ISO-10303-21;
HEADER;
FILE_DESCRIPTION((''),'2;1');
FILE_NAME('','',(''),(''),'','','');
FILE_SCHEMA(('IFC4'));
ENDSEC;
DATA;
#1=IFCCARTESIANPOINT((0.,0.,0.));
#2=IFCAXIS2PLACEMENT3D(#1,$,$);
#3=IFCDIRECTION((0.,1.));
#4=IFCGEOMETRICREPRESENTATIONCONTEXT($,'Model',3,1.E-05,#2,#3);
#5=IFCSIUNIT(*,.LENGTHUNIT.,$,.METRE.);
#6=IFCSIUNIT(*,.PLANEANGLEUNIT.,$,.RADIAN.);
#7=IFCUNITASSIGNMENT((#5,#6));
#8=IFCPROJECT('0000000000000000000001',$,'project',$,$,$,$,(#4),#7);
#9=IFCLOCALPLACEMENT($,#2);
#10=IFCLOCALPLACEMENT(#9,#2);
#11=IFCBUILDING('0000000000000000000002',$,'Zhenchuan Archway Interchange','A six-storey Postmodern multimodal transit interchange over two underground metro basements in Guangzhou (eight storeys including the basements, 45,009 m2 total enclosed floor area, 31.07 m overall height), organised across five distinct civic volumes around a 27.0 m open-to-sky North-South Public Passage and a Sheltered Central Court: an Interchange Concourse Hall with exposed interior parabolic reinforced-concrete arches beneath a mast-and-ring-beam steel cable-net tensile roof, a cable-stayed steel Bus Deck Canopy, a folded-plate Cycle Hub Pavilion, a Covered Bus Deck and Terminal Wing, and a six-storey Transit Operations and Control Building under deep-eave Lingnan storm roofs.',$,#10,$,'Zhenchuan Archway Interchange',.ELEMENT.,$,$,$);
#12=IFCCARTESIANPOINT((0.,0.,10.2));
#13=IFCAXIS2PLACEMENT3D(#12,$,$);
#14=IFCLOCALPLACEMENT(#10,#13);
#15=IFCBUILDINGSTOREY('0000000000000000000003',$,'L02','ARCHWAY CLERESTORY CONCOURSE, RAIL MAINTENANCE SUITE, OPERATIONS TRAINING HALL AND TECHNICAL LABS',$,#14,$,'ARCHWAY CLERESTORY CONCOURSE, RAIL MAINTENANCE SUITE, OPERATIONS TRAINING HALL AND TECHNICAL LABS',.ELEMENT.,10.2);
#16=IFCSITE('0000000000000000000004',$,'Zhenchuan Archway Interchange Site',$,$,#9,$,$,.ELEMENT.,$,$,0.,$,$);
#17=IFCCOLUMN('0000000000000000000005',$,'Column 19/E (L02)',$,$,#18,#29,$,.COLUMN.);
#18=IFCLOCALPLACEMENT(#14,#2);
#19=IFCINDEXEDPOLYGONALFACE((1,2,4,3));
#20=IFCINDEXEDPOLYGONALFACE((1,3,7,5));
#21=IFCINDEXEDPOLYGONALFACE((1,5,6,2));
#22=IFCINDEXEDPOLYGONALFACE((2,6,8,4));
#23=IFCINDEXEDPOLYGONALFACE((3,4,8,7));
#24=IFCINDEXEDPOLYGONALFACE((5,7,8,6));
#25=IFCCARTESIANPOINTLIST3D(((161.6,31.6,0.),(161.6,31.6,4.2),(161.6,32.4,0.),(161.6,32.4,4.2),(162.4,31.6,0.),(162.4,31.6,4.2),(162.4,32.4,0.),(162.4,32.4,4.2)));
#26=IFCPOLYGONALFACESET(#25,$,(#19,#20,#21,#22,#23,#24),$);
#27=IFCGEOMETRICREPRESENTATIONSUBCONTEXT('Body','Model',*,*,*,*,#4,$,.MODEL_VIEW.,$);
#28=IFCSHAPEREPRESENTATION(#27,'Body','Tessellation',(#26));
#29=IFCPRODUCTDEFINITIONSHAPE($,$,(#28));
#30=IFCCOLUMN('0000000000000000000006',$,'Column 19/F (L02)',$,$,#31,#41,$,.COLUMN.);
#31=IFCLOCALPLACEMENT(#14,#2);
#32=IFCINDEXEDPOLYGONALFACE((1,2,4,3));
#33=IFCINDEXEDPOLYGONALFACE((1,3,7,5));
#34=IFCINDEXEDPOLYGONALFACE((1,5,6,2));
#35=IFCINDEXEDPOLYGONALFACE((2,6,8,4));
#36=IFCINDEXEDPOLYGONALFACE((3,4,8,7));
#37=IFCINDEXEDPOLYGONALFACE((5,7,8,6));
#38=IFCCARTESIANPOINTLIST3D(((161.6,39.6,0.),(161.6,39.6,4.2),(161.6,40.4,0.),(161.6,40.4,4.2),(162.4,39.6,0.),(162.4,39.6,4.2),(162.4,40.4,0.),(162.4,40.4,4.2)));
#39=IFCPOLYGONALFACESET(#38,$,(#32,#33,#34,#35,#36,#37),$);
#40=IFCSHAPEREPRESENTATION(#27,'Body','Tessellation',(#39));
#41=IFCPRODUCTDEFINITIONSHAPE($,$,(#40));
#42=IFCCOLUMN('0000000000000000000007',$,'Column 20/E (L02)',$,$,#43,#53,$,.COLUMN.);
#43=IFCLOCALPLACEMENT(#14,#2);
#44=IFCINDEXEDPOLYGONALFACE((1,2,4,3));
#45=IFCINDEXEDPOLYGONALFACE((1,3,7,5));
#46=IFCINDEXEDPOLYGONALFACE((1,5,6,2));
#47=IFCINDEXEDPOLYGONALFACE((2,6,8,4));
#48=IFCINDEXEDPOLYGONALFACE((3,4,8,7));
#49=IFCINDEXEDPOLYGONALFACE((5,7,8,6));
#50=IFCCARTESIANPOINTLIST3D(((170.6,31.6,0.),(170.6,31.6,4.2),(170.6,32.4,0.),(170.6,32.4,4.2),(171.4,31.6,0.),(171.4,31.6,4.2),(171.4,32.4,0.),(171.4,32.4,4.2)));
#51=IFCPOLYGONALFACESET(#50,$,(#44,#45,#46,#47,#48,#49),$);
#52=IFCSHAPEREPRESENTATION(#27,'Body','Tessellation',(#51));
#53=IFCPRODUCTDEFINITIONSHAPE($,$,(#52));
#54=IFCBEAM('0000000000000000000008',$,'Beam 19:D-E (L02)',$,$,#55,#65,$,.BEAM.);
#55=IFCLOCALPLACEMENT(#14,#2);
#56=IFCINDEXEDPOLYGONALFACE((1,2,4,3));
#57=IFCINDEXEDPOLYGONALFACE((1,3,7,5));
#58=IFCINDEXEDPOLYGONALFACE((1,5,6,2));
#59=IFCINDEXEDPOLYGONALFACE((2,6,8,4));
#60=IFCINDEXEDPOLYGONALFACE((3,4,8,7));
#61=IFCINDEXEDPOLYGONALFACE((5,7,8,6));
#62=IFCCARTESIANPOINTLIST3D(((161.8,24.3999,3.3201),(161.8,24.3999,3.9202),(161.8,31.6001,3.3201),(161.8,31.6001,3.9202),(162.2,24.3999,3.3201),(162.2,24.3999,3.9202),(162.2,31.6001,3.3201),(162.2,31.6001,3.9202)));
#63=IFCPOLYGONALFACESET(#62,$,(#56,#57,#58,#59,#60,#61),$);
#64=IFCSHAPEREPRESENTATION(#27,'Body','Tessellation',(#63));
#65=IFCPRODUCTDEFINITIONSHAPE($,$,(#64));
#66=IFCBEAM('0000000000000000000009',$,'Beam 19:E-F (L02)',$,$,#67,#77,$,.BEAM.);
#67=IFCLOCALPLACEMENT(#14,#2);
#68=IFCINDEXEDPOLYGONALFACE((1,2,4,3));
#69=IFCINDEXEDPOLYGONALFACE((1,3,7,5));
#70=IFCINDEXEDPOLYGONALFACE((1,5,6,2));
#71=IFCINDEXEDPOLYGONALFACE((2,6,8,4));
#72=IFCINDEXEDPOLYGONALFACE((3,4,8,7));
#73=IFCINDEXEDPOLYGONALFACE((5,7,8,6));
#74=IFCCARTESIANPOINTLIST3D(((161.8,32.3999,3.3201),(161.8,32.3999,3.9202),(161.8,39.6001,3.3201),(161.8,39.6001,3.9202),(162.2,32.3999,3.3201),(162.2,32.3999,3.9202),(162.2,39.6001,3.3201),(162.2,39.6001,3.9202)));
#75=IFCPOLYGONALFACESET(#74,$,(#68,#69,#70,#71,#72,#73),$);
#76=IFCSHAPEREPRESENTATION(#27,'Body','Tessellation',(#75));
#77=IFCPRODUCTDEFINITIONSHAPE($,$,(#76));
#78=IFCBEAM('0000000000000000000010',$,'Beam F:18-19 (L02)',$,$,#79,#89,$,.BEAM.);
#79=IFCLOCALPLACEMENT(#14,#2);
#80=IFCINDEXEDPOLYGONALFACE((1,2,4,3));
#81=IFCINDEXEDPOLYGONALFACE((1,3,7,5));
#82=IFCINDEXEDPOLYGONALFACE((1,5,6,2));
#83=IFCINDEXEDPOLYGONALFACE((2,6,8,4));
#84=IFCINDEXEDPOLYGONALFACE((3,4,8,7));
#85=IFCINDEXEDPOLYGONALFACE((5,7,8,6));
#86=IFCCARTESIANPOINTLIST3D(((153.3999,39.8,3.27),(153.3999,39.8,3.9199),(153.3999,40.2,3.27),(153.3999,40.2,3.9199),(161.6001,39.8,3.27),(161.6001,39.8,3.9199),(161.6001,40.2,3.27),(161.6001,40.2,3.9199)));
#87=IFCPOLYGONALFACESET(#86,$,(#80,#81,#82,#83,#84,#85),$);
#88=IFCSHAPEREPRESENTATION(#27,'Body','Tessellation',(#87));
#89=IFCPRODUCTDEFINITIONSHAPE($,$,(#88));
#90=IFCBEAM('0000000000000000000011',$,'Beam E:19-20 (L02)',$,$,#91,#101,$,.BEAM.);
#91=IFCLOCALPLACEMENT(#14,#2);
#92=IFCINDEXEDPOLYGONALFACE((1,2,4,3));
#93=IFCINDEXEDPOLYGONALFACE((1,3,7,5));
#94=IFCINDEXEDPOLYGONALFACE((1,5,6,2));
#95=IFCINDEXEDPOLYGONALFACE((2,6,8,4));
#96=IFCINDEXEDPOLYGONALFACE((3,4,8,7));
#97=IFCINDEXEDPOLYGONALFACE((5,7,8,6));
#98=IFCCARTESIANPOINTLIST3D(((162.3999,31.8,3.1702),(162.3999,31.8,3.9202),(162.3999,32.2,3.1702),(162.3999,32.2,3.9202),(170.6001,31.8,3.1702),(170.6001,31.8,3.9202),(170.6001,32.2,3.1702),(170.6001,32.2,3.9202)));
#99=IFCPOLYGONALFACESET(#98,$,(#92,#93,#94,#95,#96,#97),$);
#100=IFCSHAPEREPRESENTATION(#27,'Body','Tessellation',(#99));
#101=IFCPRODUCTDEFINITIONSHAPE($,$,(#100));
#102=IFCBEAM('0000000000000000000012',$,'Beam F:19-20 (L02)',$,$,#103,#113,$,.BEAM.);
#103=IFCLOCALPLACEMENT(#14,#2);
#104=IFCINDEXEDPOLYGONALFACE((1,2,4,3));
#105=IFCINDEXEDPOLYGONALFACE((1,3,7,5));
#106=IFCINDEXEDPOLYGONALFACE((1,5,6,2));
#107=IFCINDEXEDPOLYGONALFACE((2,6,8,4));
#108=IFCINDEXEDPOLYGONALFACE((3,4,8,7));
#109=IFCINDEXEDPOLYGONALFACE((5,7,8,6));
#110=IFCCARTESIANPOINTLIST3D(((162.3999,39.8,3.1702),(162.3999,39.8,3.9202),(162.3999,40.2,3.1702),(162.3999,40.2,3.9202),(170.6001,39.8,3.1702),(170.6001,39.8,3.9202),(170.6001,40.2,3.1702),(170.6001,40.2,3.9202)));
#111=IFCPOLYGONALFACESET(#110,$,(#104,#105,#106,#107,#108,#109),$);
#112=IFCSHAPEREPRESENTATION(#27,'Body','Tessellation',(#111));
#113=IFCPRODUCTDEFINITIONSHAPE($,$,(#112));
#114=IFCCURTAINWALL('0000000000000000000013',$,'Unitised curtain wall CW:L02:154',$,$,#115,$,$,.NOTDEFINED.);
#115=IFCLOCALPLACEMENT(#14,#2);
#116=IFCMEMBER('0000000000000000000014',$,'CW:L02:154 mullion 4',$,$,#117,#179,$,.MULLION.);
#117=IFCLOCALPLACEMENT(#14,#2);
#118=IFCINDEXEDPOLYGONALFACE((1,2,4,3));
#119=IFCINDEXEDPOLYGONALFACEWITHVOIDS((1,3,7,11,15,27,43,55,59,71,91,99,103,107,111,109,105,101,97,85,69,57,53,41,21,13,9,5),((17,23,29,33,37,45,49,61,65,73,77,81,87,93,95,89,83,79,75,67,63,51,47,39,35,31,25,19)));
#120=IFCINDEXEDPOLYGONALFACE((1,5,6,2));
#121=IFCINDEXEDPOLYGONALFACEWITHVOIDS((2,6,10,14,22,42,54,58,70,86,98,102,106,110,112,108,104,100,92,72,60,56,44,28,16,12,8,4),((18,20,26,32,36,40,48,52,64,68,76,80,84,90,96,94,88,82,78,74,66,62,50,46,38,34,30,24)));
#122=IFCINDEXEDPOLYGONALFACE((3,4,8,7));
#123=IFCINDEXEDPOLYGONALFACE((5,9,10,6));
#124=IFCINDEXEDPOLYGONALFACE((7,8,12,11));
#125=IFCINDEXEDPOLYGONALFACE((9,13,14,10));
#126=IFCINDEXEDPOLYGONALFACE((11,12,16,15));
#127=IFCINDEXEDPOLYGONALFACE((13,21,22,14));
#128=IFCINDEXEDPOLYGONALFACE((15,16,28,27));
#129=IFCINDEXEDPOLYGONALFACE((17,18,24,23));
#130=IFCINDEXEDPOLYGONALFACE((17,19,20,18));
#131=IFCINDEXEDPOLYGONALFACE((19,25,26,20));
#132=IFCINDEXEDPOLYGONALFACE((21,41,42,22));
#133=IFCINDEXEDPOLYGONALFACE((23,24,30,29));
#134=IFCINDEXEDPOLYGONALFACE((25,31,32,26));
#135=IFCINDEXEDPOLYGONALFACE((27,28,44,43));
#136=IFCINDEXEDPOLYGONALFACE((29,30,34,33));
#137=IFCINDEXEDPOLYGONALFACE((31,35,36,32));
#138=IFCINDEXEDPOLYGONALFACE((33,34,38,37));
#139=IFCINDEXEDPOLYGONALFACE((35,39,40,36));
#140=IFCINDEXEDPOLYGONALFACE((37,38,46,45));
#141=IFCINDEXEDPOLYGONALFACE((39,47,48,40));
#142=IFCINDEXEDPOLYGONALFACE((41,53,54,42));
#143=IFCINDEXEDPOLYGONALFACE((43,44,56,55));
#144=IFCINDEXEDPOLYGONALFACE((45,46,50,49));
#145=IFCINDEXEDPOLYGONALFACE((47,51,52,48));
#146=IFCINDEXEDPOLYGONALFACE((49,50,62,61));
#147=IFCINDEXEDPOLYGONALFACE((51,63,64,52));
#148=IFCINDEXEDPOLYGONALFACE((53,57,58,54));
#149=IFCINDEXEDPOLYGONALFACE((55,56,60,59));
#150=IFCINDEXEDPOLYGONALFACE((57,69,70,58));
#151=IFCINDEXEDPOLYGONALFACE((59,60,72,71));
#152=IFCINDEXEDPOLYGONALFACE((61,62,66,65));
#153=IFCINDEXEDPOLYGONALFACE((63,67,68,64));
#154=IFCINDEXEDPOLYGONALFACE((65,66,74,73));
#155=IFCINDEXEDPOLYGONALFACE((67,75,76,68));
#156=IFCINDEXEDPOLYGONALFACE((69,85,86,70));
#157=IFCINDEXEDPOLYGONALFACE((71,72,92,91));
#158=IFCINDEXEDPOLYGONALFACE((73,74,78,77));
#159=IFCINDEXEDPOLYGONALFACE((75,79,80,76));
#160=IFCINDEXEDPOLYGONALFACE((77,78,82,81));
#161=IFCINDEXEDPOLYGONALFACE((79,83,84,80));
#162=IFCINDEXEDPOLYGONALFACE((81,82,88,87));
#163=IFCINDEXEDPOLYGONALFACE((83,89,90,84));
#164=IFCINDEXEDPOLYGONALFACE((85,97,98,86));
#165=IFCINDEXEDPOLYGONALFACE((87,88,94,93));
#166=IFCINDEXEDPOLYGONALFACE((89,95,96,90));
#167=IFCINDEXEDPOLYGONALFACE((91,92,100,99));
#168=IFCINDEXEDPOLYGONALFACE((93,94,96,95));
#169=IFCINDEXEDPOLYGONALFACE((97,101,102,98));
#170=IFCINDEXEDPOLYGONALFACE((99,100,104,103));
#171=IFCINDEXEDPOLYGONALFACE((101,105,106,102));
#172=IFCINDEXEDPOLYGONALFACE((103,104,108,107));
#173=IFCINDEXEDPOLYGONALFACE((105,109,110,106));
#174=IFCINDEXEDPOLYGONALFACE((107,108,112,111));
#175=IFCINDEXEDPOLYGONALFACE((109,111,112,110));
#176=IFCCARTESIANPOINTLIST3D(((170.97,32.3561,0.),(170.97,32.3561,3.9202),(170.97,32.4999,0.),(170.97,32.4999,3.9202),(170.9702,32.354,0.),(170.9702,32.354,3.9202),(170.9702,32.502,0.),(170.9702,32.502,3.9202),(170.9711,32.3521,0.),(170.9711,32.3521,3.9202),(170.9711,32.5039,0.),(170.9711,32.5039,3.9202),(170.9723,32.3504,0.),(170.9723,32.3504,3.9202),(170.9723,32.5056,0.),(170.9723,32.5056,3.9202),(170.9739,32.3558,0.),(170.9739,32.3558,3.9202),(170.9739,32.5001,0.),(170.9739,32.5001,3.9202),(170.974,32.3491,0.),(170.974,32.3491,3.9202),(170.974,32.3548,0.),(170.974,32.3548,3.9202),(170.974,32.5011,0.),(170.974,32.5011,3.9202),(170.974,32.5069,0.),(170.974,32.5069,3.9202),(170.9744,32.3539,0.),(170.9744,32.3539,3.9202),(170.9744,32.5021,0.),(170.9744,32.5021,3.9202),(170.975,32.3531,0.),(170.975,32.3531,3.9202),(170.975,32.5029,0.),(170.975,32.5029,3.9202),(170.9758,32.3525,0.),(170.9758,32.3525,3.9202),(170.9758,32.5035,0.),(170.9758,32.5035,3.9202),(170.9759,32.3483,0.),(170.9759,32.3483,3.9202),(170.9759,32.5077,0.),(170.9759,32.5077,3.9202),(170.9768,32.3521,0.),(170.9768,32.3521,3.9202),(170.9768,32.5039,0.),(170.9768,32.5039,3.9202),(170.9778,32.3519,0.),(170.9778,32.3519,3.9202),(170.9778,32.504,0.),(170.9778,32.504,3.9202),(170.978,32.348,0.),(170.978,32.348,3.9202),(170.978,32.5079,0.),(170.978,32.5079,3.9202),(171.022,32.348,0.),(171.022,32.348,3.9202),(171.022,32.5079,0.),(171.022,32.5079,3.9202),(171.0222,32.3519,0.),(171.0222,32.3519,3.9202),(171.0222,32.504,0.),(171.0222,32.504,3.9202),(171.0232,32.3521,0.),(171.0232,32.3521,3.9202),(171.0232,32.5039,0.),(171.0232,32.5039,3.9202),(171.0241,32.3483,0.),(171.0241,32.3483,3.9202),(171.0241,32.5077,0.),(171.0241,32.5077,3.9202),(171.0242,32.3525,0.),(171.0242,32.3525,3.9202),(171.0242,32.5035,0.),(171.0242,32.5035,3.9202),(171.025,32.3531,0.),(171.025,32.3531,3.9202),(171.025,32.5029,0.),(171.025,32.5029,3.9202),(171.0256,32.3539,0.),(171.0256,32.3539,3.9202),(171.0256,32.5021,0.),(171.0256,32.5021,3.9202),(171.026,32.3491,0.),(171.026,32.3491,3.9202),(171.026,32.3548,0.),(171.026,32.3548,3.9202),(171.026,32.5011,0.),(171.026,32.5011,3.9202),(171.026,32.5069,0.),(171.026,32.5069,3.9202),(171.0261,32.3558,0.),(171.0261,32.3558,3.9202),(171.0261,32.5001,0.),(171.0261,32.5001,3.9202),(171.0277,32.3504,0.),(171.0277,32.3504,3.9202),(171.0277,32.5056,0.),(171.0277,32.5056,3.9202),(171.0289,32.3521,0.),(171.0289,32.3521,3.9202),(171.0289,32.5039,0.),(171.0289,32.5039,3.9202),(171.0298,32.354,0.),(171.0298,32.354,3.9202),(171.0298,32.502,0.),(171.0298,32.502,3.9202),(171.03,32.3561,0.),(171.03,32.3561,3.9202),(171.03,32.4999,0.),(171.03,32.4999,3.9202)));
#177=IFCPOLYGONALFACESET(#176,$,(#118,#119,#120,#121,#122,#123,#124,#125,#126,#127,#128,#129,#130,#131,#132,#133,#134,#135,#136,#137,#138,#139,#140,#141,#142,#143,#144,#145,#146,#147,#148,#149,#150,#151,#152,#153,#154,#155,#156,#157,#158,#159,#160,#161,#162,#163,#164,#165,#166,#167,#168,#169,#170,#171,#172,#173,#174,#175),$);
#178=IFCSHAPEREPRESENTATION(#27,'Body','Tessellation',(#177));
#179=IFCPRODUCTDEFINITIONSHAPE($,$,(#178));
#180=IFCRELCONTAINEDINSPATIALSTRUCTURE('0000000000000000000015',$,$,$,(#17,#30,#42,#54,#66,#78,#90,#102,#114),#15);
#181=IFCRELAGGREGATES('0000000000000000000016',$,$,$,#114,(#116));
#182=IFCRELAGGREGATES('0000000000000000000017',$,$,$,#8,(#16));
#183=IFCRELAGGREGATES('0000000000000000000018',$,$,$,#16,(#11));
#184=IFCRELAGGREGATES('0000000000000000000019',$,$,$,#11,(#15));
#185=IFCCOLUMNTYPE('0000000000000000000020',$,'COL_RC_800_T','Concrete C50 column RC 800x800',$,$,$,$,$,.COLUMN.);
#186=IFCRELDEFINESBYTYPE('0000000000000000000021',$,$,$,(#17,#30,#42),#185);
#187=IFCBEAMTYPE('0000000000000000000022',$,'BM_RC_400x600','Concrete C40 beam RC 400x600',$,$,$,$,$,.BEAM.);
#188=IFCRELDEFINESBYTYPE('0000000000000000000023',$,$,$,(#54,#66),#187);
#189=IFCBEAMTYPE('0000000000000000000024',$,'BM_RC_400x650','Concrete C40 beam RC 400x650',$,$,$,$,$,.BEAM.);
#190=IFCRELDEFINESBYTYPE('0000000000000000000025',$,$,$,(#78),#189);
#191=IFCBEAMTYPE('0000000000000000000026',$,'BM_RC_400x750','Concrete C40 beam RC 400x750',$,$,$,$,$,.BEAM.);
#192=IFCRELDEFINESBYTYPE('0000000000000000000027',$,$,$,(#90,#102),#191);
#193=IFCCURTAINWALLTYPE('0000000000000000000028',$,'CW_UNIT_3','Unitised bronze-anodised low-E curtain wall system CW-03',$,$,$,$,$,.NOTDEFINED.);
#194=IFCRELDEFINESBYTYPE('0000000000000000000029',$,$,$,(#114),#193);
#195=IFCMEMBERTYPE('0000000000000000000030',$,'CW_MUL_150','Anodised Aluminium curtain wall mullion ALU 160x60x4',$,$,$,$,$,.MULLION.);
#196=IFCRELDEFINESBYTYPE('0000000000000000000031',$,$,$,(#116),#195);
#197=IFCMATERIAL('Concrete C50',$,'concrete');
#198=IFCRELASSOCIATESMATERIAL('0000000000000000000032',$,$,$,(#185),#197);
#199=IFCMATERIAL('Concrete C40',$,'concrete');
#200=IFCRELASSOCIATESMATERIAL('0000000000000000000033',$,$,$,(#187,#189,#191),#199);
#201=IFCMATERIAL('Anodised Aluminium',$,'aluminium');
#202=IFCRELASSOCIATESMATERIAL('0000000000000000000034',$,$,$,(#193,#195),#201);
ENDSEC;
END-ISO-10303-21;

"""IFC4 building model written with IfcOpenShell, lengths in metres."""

from ifc_helpers import new_model, si_unit, direction, frame, origin, origin_2d, place, context, subcontext, project, spatial, rectangle, hollow_rectangle, extrude, material, material_profile, profile_set, type_object, element, aggregate, save


model = new_model("IFC4")

# Units and contexts
model_context = context("Model", 3, precision=1e-05, world=origin(), true_north=direction((0.0, 1.0)))
body_context = subcontext(model_context, "Body", "Model", "MODEL_VIEW")
ifc_project = project(units=[si_unit("LENGTHUNIT", "METRE"), si_unit("PLANEANGLEUNIT", "RADIAN")], contexts=[model_context])

# Site, building, storey
site_placement = place(None, origin())
site = spatial("IfcSite", under=ifc_project, at=site_placement, Name="Zhenchuan Archway Interchange Site", CompositionType="ELEMENT", RefElevation=0.0)
building_placement = place(site_placement, origin())
building = spatial("IfcBuilding", under=site, at=building_placement, Name="Zhenchuan Archway Interchange", Description="A six-storey Postmodern multimodal transit interchange over two underground metro basements in Guangzhou (eight storeys including the basements, 45,009 m2 total enclosed floor area, 31.07 m overall height), organised across five distinct civic volumes around a 27.0 m open-to-sky North-South Public Passage and a Sheltered Central Court: an Interchange Concourse Hall with exposed interior parabolic reinforced-concrete arches beneath a mast-and-ring-beam steel cable-net tensile roof, a cable-stayed steel Bus Deck Canopy, a folded-plate Cycle Hub Pavilion, a Covered Bus Deck and Terminal Wing, and a six-storey Transit Operations and Control Building under deep-eave Lingnan storm roofs.", LongName="Zhenchuan Archway Interchange", CompositionType="ELEMENT")
storey_placement = place(building_placement, frame((0.0, 0.0, 10.2)))
storey = spatial("IfcBuildingStorey", under=building, at=storey_placement, Name="L02", Description="ARCHWAY CLERESTORY CONCOURSE, RAIL MAINTENANCE SUITE, OPERATIONS TRAINING HALL AND TECHNICAL LABS", LongName="ARCHWAY CLERESTORY CONCOURSE, RAIL MAINTENANCE SUITE, OPERATIONS TRAINING HALL AND TECHNICAL LABS", CompositionType="ELEMENT", Elevation=10.2)

# Columns
ifc_material_1 = material(Name="Concrete C50", Category="concrete")
ifc_material_profile_1 = material_profile(ifc_material_1, rectangle(XDim=0.8, YDim=0.8, at=origin_2d()), Name="RC 800x800")
ifc_profile_set_1 = profile_set([ifc_material_profile_1], Name="Concrete C50")
column_type = type_object("IfcColumnType", Name="COL_RC_800_T", Description="Concrete C50 column RC 800x800", PredefinedType="COLUMN", material=ifc_profile_set_1)
for number, where, z_axis, x_axis, name in (
    (1, (162.0, 32.0, 0.0), (0.0, 0.0, 1.0), (1.0, 0.0, 0.0), "Column 19/E (L02)"),
    (2, (162.0, 40.0, 0.0), (0.0, 0.0, 1.0), (1.0, 0.0, 0.0), "Column 19/F (L02)"),
    (3, (171.0, 32.0, 0.0), (0.0, 0.0, 1.0), (1.0, 0.0, 0.0), "Column 20/E (L02)"),
):
    element("IfcColumn", number, at=place(storey_placement, frame(where, z_axis=z_axis, x_axis=x_axis)), inside=storey, type_object=column_type, Name=name, PredefinedType="COLUMN", context=body_context, shape_type="SweptSolid", body=[
        extrude(rectangle(XDim=0.8, YDim=0.8, at=origin_2d()), origin(), (0.0, 0.0, 1.0), 4.2),
    ])

# Beams
ifc_material_2 = material(Name="Concrete C40", Category="concrete")
ifc_material_profile_2 = material_profile(ifc_material_2, rectangle(XDim=0.3999, YDim=0.6001, at=origin_2d()), Name="RC 400x600")
ifc_profile_set_2 = profile_set([ifc_material_profile_2], Name="Concrete C40")
beam_type_1 = type_object("IfcBeamType", Name="BM_RC_400x600", Description="Concrete C40 beam RC 400x600", PredefinedType="BEAM", material=ifc_profile_set_2)
for number, where, z_axis, x_axis, name in (
    (4, (162.0, 24.3999, 3.6201), (0.0, 1.0, 0.0), (-1.0, 0.0, 0.0), "Beam 19:D-E (L02)"),
    (5, (162.0, 32.3999, 3.6201), (0.0, 1.0, 0.0), (-1.0, 0.0, 0.0), "Beam 19:E-F (L02)"),
):
    element("IfcBeam", number, at=place(storey_placement, frame(where, z_axis=z_axis, x_axis=x_axis)), inside=storey, type_object=beam_type_1, Name=name, PredefinedType="BEAM", context=body_context, shape_type="SweptSolid", body=[
        extrude(rectangle(XDim=0.3999, YDim=0.6001, at=origin_2d()), origin(), (0.0, 0.0, 1.0), 7.2002),
    ])
ifc_material_profile_3 = material_profile(ifc_material_2, rectangle(XDim=0.3999, YDim=0.6499, at=origin_2d()), Name="RC 400x650")
ifc_profile_set_3 = profile_set([ifc_material_profile_3], Name="Concrete C40")
beam_type_2 = type_object("IfcBeamType", Name="BM_RC_400x650", Description="Concrete C40 beam RC 400x650", PredefinedType="BEAM", material=ifc_profile_set_3)
beam_placement = place(storey_placement, frame((153.3999, 40.0, 3.595), z_axis=(1.0, 0.0, 0.0), x_axis=(0.0, 1.0, 0.0)))
element("IfcBeam", 6, at=beam_placement, inside=storey, type_object=beam_type_2, Name="Beam F:18-19 (L02)", PredefinedType="BEAM", context=body_context, shape_type="SweptSolid", body=[
    extrude(rectangle(XDim=0.3999, YDim=0.6499, at=origin_2d()), origin(), (0.0, 0.0, 1.0), 8.2002),
])
ifc_material_profile_4 = material_profile(ifc_material_2, rectangle(XDim=0.3999, YDim=0.75, at=origin_2d()), Name="RC 400x750")
ifc_profile_set_4 = profile_set([ifc_material_profile_4], Name="Concrete C40")
beam_type_3 = type_object("IfcBeamType", Name="BM_RC_400x750", Description="Concrete C40 beam RC 400x750", PredefinedType="BEAM", material=ifc_profile_set_4)
for number, where, z_axis, x_axis, name in (
    (7, (162.3999, 32.0, 3.5452), (1.0, 0.0, 0.0), (0.0, 1.0, 0.0), "Beam E:19-20 (L02)"),
    (8, (162.3999, 40.0, 3.5452), (1.0, 0.0, 0.0), (0.0, 1.0, 0.0), "Beam F:19-20 (L02)"),
):
    element("IfcBeam", number, at=place(storey_placement, frame(where, z_axis=z_axis, x_axis=x_axis)), inside=storey, type_object=beam_type_3, Name=name, PredefinedType="BEAM", context=body_context, shape_type="SweptSolid", body=[
        extrude(rectangle(XDim=0.3999, YDim=0.75, at=origin_2d()), origin(), (0.0, 0.0, 1.0), 8.2002),
    ])

# Curtain wall, member
ifc_material_3 = material(Name="Anodised Aluminium", Category="aluminium")
curtain_wall_type = type_object("IfcCurtainWallType", Name="CW_UNIT_3", Description="Unitised bronze-anodised low-E curtain wall system CW-03", PredefinedType="NOTDEFINED", material=ifc_material_3)
curtain_wall_placement = place(storey_placement, origin())
curtain_wall = element("IfcCurtainWall", 9, at=curtain_wall_placement, inside=storey, type_object=curtain_wall_type, Name="Unitised curtain wall CW:L02:154", PredefinedType="NOTDEFINED")
ifc_material_profile_5 = material_profile(ifc_material_3, hollow_rectangle(XDim=0.0601, YDim=0.1599, WallThickness=0.0039, InnerFilletRadius=0.0039, OuterFilletRadius=0.0081, at=origin_2d()), Name="ALU 160x60x4")
ifc_profile_set_5 = profile_set([ifc_material_profile_5], Name="Anodised Aluminium")
member_type_1 = type_object("IfcMemberType", Name="CW_MUL_150", Description="Anodised Aluminium curtain wall mullion ALU 160x60x4", PredefinedType="MULLION", material=ifc_profile_set_5)
member_1_placement = place(storey_placement, frame((171.0, 32.428, 0.0), z_axis=(0.0, 0.0, 1.0), x_axis=(1.0, 0.0, 0.0)))
member_1 = element("IfcMember", 10, at=member_1_placement, type_object=member_type_1, Name="CW:L02:154 mullion 4", PredefinedType="MULLION", context=body_context, shape_type="SweptSolid", body=[
    extrude(hollow_rectangle(XDim=0.0601, YDim=0.1599, WallThickness=0.0039, InnerFilletRadius=0.0039, OuterFilletRadius=0.0081, at=origin_2d()), origin(), (0.0, 0.0, 1.0), 3.9202),
])

aggregate(curtain_wall, [member_1])

save(model, "model.ifc")
